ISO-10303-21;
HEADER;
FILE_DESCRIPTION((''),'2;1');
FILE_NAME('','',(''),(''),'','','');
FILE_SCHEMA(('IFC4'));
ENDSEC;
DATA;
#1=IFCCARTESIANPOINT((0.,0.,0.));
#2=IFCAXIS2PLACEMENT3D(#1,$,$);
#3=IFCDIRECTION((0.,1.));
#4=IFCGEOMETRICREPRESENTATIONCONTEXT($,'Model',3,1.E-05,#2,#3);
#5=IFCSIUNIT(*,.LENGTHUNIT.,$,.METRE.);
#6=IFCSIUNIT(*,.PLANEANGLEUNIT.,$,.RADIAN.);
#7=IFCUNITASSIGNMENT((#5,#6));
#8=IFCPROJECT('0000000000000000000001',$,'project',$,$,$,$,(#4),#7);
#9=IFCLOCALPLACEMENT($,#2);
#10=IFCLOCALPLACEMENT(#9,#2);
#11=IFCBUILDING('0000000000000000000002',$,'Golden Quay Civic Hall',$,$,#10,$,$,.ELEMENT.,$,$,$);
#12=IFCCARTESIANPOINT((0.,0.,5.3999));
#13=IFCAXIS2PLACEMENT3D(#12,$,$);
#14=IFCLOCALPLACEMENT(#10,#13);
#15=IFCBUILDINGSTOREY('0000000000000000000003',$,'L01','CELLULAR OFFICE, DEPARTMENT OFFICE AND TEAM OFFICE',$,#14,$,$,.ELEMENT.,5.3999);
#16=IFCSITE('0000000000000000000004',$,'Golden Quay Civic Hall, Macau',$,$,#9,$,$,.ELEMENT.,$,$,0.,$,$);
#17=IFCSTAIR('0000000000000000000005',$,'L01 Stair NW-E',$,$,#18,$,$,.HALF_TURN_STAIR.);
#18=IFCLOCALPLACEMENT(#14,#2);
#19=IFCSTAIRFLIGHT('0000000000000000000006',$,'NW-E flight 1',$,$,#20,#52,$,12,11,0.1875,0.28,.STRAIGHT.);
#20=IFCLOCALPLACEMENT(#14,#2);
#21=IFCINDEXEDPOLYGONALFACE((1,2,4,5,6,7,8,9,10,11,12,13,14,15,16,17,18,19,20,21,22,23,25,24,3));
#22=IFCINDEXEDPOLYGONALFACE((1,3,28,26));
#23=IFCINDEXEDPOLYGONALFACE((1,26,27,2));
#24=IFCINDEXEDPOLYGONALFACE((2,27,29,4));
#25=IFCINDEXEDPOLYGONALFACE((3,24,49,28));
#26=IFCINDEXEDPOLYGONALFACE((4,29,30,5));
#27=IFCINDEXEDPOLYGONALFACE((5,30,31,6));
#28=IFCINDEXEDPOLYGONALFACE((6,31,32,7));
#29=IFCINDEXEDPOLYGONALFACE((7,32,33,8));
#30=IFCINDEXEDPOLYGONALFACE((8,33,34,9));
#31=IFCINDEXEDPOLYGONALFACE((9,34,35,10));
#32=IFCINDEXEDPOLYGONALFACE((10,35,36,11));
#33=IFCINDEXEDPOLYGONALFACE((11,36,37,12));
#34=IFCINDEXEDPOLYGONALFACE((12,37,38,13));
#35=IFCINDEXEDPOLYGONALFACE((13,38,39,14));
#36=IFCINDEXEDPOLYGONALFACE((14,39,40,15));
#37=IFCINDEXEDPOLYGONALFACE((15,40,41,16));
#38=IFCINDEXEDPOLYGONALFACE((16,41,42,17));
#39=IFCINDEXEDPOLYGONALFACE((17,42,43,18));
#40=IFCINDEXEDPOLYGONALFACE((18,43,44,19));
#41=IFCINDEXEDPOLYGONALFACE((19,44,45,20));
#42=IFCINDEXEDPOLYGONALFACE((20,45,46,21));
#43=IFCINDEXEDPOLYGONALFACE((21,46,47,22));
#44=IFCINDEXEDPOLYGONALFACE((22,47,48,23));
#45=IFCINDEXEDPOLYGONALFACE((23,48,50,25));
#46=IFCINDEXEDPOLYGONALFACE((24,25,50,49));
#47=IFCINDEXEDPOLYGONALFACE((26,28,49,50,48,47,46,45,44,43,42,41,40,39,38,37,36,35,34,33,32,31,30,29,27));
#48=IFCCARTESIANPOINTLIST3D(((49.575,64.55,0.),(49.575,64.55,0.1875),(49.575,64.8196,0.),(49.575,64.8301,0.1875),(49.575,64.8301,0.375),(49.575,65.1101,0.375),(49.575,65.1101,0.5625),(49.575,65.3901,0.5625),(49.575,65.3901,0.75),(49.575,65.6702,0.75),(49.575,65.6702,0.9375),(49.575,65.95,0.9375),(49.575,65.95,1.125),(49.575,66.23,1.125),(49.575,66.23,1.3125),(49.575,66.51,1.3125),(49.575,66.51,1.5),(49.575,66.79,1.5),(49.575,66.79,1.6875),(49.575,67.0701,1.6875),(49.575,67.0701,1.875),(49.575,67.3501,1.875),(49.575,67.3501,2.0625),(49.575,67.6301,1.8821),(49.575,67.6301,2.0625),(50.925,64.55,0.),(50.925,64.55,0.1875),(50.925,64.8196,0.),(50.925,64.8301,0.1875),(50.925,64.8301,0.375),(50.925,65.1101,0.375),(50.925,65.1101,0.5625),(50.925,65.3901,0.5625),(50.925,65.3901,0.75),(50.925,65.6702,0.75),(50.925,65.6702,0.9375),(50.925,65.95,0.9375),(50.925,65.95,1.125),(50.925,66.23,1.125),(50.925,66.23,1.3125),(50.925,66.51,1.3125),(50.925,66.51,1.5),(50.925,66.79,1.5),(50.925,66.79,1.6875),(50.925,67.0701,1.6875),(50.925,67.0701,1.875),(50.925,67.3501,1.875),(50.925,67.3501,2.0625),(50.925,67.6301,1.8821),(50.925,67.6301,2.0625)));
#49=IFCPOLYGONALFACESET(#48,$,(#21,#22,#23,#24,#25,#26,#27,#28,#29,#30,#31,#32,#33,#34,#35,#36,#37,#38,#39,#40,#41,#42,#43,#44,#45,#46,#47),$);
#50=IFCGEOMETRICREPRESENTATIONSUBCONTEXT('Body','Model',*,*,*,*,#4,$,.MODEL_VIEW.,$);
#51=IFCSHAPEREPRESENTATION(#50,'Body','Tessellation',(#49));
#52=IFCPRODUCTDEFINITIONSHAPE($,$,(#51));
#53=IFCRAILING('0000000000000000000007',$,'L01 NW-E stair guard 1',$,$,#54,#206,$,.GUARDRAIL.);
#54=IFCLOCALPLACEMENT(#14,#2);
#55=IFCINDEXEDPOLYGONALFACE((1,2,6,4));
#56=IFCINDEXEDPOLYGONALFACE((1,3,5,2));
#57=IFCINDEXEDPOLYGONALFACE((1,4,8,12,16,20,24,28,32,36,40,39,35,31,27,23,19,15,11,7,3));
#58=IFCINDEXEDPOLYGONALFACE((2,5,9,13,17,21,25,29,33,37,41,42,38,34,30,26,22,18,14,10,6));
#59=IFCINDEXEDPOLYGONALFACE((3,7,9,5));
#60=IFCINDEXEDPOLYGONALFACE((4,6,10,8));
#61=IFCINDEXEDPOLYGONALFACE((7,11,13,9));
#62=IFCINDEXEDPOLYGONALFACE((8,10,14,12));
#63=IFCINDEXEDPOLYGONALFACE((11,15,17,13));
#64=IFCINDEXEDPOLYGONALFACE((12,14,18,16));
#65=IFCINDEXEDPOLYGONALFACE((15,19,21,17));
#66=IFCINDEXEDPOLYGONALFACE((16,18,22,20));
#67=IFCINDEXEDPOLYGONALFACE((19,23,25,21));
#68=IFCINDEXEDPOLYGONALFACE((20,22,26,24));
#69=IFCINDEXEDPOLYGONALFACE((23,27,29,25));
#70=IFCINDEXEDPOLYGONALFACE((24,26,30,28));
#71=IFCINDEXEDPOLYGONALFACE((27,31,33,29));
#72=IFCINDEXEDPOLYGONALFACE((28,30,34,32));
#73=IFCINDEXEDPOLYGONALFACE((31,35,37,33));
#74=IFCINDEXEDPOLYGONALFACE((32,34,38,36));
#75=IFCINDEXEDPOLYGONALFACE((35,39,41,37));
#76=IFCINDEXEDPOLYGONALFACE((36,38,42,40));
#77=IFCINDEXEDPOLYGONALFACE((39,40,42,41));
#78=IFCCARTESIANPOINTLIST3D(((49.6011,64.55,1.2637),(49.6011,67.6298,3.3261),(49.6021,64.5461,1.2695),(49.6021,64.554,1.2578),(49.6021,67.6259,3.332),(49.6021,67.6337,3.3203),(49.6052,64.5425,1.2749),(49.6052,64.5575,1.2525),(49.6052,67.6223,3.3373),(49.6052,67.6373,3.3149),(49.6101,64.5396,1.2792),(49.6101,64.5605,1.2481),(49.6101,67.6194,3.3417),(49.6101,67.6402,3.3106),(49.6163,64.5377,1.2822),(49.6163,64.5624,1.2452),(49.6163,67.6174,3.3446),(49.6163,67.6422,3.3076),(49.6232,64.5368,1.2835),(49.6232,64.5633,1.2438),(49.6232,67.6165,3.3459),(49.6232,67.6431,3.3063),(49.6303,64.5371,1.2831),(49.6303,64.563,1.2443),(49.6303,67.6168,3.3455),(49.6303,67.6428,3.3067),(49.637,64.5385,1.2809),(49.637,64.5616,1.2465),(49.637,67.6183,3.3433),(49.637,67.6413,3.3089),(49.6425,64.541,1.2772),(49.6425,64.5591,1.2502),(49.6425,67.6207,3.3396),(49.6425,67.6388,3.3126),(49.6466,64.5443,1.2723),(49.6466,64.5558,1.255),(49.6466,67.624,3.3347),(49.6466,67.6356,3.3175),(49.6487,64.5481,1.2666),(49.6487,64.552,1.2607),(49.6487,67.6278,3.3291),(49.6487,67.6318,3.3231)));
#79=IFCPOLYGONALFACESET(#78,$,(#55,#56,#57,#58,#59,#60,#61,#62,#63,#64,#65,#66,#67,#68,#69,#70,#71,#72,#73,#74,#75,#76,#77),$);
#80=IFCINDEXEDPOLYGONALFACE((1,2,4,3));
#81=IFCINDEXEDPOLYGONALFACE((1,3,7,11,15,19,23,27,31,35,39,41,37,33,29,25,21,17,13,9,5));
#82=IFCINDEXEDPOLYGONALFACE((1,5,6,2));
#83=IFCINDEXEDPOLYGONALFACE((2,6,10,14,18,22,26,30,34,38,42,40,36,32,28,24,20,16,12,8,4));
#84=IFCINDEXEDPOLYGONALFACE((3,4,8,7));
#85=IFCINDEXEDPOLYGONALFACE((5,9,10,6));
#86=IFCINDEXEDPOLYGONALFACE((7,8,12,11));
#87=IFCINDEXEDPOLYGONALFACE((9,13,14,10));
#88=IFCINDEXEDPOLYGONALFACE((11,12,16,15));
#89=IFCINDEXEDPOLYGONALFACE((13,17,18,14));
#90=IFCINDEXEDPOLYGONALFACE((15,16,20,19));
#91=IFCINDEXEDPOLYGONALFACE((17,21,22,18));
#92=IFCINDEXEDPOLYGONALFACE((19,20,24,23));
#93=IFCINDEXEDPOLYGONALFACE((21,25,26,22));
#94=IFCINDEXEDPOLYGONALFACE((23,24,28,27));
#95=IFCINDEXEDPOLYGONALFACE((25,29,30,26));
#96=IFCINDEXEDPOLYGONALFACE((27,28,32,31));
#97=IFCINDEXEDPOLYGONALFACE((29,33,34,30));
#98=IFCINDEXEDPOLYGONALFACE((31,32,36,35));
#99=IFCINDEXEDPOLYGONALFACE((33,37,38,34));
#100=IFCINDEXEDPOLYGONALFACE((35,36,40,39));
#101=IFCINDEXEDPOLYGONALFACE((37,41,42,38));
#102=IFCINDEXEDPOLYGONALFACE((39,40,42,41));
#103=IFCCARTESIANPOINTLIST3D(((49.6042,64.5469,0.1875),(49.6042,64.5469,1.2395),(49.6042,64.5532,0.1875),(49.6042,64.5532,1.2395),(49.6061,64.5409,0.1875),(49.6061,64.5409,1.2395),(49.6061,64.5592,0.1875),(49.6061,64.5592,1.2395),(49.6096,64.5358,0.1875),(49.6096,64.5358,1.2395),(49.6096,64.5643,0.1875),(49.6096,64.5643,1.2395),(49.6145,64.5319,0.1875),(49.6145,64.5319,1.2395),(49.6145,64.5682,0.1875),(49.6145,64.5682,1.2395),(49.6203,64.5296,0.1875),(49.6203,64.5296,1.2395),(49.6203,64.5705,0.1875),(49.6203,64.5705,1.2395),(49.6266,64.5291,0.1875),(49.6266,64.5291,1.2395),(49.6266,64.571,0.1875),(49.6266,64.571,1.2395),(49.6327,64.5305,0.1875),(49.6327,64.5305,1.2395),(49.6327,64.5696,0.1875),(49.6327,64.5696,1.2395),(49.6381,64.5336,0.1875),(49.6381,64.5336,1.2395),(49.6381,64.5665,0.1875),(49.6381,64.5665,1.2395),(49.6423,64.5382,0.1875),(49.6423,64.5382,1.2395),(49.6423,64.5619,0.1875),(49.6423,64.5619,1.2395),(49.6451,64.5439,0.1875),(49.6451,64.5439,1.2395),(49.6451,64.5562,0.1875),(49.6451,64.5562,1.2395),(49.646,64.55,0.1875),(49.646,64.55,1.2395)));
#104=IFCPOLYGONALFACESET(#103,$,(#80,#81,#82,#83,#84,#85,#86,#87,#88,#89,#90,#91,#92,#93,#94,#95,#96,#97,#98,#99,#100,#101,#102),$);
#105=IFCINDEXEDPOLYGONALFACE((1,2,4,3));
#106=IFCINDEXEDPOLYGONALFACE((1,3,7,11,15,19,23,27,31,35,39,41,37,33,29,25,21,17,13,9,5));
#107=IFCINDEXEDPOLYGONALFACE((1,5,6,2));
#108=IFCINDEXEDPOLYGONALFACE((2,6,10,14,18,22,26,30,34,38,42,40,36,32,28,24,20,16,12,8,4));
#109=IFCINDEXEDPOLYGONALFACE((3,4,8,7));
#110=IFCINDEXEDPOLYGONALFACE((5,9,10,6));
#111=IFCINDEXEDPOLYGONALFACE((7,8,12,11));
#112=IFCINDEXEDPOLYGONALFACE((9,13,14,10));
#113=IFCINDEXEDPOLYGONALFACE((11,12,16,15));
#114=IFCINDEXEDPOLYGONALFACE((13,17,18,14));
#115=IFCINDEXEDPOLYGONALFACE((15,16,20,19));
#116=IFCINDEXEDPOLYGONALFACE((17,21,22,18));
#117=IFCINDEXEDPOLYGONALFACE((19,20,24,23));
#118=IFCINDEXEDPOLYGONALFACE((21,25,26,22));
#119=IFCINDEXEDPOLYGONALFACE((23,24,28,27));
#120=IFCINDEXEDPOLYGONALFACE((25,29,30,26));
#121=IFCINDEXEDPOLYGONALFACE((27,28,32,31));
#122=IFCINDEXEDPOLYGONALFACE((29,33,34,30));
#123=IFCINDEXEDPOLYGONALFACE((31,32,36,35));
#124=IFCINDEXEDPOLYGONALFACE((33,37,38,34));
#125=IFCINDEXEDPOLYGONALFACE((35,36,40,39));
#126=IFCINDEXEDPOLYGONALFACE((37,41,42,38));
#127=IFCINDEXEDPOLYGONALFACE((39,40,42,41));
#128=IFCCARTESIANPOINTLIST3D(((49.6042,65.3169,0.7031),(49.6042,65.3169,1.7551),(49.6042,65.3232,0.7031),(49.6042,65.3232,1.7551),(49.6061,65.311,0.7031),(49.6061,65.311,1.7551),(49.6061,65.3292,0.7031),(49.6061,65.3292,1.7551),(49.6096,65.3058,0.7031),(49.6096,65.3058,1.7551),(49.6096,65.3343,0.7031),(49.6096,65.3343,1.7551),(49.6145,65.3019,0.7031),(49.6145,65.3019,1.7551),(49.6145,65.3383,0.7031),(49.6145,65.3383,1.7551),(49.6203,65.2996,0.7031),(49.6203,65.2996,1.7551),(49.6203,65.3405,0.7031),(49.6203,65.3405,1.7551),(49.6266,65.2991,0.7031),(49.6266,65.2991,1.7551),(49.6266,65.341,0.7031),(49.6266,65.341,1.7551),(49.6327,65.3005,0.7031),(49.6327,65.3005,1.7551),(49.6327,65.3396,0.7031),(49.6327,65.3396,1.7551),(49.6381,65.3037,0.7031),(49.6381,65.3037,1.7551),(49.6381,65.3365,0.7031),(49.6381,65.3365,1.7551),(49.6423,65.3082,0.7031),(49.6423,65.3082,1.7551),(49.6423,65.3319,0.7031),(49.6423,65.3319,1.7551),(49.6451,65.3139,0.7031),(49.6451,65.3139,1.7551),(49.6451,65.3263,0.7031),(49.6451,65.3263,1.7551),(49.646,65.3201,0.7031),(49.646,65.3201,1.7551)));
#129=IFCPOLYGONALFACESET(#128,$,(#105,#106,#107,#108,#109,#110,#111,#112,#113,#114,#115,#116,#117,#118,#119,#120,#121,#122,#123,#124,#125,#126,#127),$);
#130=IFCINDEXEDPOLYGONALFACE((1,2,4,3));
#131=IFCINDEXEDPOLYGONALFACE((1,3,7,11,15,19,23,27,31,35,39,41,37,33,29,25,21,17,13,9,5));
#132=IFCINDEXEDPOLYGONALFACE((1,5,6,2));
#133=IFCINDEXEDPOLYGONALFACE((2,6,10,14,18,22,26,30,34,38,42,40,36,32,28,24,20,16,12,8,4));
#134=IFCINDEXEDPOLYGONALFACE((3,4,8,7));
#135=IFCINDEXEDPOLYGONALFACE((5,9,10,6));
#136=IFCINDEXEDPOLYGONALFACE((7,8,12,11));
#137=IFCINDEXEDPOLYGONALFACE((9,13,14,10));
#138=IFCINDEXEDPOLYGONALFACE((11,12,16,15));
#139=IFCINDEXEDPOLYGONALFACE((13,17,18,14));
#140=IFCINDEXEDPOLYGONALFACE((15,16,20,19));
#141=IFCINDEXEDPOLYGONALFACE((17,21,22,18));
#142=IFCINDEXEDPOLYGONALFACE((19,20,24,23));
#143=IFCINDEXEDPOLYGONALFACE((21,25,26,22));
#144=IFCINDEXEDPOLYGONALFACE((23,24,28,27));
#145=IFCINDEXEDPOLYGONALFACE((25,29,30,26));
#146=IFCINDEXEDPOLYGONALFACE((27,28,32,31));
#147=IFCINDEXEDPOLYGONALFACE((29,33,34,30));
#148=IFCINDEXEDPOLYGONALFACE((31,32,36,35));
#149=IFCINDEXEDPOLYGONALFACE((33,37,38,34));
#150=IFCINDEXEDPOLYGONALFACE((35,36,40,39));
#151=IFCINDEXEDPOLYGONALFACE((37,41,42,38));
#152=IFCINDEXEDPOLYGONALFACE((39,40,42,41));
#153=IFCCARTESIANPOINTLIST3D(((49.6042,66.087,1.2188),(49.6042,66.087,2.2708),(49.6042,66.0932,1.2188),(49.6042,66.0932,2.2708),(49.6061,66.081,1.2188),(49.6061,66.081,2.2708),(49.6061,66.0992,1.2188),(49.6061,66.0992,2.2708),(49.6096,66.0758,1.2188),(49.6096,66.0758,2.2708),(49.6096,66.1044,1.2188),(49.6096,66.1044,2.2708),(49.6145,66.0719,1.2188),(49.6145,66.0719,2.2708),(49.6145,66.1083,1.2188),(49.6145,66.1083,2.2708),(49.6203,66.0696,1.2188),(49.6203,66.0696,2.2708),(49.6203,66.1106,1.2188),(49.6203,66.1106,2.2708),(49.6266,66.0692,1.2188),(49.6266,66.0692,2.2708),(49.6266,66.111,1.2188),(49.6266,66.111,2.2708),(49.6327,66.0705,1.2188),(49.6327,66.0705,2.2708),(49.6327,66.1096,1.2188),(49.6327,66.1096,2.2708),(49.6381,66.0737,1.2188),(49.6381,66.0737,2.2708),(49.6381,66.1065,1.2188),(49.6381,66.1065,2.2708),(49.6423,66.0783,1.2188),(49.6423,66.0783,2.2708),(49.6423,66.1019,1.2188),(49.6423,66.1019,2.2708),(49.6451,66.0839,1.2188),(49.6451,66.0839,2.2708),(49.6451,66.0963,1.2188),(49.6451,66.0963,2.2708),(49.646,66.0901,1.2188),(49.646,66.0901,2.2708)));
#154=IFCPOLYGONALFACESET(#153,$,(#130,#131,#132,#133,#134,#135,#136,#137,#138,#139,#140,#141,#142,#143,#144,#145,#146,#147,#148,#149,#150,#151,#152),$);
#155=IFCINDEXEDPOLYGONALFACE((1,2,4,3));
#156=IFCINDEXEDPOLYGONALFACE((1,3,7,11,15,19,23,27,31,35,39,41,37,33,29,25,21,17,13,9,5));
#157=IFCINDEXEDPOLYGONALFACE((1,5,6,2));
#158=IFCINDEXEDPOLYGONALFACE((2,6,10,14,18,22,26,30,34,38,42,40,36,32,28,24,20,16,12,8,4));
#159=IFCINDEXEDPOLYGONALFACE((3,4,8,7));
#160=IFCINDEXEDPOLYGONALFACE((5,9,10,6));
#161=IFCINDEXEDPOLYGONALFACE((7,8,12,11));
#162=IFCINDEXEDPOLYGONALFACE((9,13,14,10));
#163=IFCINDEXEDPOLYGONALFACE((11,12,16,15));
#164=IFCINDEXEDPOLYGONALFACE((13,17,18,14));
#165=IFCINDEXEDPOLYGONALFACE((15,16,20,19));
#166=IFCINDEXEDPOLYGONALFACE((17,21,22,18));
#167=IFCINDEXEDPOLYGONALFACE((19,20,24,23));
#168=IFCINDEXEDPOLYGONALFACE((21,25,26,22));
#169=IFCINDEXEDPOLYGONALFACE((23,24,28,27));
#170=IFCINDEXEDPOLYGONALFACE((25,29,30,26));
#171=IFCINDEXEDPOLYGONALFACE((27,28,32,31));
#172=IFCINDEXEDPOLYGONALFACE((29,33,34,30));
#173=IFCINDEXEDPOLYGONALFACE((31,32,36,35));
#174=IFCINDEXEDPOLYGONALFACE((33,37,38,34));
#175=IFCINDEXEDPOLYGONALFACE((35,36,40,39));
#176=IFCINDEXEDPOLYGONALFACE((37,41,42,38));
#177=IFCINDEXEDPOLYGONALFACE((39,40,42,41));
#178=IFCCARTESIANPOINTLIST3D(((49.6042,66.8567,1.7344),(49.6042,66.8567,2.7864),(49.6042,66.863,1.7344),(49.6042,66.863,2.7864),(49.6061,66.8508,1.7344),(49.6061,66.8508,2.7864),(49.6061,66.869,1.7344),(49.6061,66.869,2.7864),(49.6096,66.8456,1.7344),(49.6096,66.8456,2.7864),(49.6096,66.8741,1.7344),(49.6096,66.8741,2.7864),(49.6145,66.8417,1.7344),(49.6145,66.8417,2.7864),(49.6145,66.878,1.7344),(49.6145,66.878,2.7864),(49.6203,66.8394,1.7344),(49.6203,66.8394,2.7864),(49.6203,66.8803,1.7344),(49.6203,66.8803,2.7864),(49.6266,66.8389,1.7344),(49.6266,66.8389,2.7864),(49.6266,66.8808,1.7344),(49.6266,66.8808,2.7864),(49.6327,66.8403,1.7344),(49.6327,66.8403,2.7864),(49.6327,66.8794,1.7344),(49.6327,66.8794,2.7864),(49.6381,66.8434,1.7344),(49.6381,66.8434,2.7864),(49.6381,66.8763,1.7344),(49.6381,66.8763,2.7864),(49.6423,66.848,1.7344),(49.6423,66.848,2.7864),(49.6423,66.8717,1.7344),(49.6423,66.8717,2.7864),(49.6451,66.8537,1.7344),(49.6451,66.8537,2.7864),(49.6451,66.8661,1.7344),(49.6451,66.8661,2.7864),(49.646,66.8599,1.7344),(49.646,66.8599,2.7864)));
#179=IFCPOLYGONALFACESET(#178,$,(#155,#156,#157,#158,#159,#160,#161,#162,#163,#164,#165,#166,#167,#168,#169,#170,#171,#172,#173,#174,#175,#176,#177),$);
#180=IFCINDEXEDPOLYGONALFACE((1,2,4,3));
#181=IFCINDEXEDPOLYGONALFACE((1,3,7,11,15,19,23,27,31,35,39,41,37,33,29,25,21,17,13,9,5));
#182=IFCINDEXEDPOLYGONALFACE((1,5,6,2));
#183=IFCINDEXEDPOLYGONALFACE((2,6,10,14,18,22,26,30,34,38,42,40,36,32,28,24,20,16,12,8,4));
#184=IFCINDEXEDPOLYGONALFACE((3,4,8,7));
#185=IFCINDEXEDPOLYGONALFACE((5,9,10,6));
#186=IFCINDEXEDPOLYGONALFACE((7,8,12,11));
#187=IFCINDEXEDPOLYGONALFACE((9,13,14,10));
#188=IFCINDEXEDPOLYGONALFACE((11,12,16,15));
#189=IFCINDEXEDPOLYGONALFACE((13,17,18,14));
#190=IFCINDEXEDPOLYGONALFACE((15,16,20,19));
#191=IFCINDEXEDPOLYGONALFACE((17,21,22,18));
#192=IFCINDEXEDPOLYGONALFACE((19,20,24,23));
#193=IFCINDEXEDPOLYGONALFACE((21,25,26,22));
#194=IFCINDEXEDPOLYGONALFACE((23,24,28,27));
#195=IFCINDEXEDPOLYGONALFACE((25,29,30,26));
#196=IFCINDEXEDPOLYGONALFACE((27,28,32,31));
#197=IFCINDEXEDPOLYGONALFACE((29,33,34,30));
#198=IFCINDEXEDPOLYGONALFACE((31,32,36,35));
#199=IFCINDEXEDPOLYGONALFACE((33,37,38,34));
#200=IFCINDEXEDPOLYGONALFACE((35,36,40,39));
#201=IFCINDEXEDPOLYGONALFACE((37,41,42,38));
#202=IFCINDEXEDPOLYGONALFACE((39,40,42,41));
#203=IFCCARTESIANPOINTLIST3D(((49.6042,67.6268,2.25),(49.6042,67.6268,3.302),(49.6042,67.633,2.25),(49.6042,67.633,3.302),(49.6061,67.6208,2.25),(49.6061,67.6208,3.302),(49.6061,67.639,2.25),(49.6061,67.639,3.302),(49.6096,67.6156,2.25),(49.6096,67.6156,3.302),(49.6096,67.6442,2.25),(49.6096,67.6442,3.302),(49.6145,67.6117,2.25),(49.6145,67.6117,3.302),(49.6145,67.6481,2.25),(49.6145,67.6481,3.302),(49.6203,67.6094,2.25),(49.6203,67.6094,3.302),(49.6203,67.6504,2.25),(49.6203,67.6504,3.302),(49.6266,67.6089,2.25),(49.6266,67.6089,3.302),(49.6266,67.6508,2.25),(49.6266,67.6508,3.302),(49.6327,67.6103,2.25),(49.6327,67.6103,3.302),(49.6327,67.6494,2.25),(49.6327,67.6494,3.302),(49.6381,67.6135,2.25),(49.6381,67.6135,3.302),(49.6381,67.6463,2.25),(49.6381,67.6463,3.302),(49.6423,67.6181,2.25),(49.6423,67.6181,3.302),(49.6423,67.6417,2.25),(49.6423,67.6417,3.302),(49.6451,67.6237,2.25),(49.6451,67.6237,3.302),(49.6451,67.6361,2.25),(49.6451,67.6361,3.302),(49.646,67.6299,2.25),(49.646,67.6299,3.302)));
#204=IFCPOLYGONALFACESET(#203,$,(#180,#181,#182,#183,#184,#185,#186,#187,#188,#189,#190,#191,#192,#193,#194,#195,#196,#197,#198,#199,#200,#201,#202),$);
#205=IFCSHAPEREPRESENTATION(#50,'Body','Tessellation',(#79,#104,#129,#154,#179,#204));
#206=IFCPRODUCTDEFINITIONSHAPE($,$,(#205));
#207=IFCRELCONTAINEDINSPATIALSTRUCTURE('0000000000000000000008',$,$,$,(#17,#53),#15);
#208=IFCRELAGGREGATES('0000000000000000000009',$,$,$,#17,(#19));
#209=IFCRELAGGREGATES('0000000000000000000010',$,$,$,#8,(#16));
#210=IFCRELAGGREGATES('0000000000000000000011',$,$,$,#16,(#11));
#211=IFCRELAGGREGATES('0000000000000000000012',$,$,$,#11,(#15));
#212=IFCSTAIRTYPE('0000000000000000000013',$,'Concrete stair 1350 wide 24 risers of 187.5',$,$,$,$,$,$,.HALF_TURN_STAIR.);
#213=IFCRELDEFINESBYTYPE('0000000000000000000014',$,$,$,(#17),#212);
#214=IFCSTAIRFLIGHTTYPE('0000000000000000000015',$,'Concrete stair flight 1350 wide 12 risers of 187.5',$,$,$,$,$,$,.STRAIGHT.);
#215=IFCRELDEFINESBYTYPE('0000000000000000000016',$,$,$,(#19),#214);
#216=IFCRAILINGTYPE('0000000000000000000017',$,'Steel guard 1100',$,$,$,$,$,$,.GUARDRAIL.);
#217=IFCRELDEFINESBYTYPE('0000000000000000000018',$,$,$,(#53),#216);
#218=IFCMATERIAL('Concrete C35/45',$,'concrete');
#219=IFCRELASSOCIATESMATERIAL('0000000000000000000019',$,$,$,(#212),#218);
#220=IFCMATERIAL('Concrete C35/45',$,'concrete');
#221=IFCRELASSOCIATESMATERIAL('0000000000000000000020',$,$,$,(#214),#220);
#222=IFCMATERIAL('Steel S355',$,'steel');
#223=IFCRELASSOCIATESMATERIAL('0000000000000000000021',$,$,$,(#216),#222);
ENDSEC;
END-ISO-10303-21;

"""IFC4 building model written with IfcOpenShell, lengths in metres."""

from ifc_helpers import new_model, si_unit, direction, frame, origin, origin_2d, place, context, subcontext, project, spatial, polyline, circle, outline, extrude, material, type_object, element, aggregate, save


model = new_model("IFC4")

# Units and contexts
model_context = context("Model", 3, precision=1e-05, world=origin(), true_north=direction((0.0, 1.0)))
body_context = subcontext(model_context, "Body", "Model", "MODEL_VIEW")
ifc_project = project(units=[si_unit("LENGTHUNIT", "METRE"), si_unit("PLANEANGLEUNIT", "RADIAN")], contexts=[model_context])

# Site, building, storey
site_placement = place(None, origin())
site = spatial("IfcSite", under=ifc_project, at=site_placement, Name="Golden Quay Civic Hall, Macau", CompositionType="ELEMENT", RefElevation=0.0)
building_placement = place(site_placement, origin())
building = spatial("IfcBuilding", under=site, at=building_placement, Name="Golden Quay Civic Hall", CompositionType="ELEMENT")
storey_placement = place(building_placement, frame((0.0, 0.0, 5.3999)))
storey = spatial("IfcBuildingStorey", under=building, at=storey_placement, Name="L01", Description="CELLULAR OFFICE, DEPARTMENT OFFICE AND TEAM OFFICE", CompositionType="ELEMENT", Elevation=5.3999)

# Stair, stair flight
ifc_material_1 = material(Name="Concrete C35/45", Category="concrete")
stair_type = type_object("IfcStairType", Name="Concrete stair 1350 wide 24 risers of 187.5", PredefinedType="HALF_TURN_STAIR", material=ifc_material_1)
stair_placement = place(storey_placement, origin())
stair = element("IfcStair", 1, at=stair_placement, inside=storey, type_object=stair_type, Name="L01 Stair NW-E", PredefinedType="HALF_TURN_STAIR")
ifc_material_2 = material(Name="Concrete C35/45", Category="concrete")
stair_flight_type = type_object("IfcStairFlightType", Name="Concrete stair flight 1350 wide 12 risers of 187.5", PredefinedType="STRAIGHT", material=ifc_material_2)
stair_flight_placement = place(storey_placement, frame((50.25, 64.55, 0.0), z_axis=(0.0, 0.0, 1.0), x_axis=(0.0, 1.0, 0.0)))
stair_flight = element("IfcStairFlight", 2, at=stair_flight_placement, type_object=stair_flight_type, Name="NW-E flight 1", NumberOfRisers=12, NumberOfTreads=11, PredefinedType="STRAIGHT", RiserHeight=0.1875, TreadLength=0.28, context=body_context, shape_type="SweptSolid", body=[
    extrude(outline(polyline([(0.0, 0.0), (0.0, 0.1875), (0.28, 0.1875), (0.28, 0.375), (0.5601, 0.375), (0.5601, 0.5625), (0.8401, 0.5625), (0.8401, 0.75), (1.1201, 0.75), (1.1201, 0.9375), (1.3999, 0.9375), (1.3999, 1.125), (1.6799, 1.125), (1.6799, 1.3125), (1.96, 1.3125), (1.96, 1.5), (2.24, 1.5), (2.24, 1.6875), (2.52, 1.6875), (2.52, 1.875), (2.8, 1.875), (2.8, 2.0625), (3.0801, 2.0625), (3.0801, 2.25), (3.0801, 1.8821), (0.2695, 0.0), (0.0, 0.0)])), frame((0.0, 0.675, 0.0), z_axis=(0.0, -1.0, 0.0), x_axis=(1.0, 0.0, 0.0)), (0.0, 0.0, 1.0), 1.35),
])
aggregate(stair, [stair_flight])

# Railing
ifc_material_3 = material(Name="Steel S355", Category="steel")
railing_type_1 = type_object("IfcRailingType", Name="Steel guard 1100", PredefinedType="GUARDRAIL", material=ifc_material_3)
railing_1_placement = place(storey_placement, frame((49.625, 64.55, 0.1875)))
element("IfcRailing", 3, at=railing_1_placement, inside=storey, type_object=railing_type_1, Name="L01 NW-E stair guard 1", PredefinedType="GUARDRAIL", context=body_context, shape_type="SweptSolid", body=[
    extrude(circle(Radius=0.0239, at=origin_2d()), frame((0.0, 0.0, 1.0762), z_axis=(0.0, 0.830893, 0.556432), x_axis=(-1.0, 0.0, 0.0)), (0.0, 0.0, 1.0), 3.7065),
    extrude(circle(Radius=0.021, at=origin_2d()), origin(), (0.0, 0.0, 1.0), 1.052),
    extrude(circle(Radius=0.021, at=origin_2d()), frame((0.0, 0.77, 0.5156)), (0.0, 0.0, 1.0), 1.052),
    extrude(circle(Radius=0.021, at=origin_2d()), frame((0.0, 1.54, 1.0312)), (0.0, 0.0, 1.0), 1.052),
    extrude(circle(Radius=0.021, at=origin_2d()), frame((0.0, 2.3098, 1.5469)), (0.0, 0.0, 1.0), 1.052),
    extrude(circle(Radius=0.021, at=origin_2d()), frame((0.0, 3.0798, 2.0625)), (0.0, 0.0, 1.0), 1.052),
])

save(model, "model.ifc")
